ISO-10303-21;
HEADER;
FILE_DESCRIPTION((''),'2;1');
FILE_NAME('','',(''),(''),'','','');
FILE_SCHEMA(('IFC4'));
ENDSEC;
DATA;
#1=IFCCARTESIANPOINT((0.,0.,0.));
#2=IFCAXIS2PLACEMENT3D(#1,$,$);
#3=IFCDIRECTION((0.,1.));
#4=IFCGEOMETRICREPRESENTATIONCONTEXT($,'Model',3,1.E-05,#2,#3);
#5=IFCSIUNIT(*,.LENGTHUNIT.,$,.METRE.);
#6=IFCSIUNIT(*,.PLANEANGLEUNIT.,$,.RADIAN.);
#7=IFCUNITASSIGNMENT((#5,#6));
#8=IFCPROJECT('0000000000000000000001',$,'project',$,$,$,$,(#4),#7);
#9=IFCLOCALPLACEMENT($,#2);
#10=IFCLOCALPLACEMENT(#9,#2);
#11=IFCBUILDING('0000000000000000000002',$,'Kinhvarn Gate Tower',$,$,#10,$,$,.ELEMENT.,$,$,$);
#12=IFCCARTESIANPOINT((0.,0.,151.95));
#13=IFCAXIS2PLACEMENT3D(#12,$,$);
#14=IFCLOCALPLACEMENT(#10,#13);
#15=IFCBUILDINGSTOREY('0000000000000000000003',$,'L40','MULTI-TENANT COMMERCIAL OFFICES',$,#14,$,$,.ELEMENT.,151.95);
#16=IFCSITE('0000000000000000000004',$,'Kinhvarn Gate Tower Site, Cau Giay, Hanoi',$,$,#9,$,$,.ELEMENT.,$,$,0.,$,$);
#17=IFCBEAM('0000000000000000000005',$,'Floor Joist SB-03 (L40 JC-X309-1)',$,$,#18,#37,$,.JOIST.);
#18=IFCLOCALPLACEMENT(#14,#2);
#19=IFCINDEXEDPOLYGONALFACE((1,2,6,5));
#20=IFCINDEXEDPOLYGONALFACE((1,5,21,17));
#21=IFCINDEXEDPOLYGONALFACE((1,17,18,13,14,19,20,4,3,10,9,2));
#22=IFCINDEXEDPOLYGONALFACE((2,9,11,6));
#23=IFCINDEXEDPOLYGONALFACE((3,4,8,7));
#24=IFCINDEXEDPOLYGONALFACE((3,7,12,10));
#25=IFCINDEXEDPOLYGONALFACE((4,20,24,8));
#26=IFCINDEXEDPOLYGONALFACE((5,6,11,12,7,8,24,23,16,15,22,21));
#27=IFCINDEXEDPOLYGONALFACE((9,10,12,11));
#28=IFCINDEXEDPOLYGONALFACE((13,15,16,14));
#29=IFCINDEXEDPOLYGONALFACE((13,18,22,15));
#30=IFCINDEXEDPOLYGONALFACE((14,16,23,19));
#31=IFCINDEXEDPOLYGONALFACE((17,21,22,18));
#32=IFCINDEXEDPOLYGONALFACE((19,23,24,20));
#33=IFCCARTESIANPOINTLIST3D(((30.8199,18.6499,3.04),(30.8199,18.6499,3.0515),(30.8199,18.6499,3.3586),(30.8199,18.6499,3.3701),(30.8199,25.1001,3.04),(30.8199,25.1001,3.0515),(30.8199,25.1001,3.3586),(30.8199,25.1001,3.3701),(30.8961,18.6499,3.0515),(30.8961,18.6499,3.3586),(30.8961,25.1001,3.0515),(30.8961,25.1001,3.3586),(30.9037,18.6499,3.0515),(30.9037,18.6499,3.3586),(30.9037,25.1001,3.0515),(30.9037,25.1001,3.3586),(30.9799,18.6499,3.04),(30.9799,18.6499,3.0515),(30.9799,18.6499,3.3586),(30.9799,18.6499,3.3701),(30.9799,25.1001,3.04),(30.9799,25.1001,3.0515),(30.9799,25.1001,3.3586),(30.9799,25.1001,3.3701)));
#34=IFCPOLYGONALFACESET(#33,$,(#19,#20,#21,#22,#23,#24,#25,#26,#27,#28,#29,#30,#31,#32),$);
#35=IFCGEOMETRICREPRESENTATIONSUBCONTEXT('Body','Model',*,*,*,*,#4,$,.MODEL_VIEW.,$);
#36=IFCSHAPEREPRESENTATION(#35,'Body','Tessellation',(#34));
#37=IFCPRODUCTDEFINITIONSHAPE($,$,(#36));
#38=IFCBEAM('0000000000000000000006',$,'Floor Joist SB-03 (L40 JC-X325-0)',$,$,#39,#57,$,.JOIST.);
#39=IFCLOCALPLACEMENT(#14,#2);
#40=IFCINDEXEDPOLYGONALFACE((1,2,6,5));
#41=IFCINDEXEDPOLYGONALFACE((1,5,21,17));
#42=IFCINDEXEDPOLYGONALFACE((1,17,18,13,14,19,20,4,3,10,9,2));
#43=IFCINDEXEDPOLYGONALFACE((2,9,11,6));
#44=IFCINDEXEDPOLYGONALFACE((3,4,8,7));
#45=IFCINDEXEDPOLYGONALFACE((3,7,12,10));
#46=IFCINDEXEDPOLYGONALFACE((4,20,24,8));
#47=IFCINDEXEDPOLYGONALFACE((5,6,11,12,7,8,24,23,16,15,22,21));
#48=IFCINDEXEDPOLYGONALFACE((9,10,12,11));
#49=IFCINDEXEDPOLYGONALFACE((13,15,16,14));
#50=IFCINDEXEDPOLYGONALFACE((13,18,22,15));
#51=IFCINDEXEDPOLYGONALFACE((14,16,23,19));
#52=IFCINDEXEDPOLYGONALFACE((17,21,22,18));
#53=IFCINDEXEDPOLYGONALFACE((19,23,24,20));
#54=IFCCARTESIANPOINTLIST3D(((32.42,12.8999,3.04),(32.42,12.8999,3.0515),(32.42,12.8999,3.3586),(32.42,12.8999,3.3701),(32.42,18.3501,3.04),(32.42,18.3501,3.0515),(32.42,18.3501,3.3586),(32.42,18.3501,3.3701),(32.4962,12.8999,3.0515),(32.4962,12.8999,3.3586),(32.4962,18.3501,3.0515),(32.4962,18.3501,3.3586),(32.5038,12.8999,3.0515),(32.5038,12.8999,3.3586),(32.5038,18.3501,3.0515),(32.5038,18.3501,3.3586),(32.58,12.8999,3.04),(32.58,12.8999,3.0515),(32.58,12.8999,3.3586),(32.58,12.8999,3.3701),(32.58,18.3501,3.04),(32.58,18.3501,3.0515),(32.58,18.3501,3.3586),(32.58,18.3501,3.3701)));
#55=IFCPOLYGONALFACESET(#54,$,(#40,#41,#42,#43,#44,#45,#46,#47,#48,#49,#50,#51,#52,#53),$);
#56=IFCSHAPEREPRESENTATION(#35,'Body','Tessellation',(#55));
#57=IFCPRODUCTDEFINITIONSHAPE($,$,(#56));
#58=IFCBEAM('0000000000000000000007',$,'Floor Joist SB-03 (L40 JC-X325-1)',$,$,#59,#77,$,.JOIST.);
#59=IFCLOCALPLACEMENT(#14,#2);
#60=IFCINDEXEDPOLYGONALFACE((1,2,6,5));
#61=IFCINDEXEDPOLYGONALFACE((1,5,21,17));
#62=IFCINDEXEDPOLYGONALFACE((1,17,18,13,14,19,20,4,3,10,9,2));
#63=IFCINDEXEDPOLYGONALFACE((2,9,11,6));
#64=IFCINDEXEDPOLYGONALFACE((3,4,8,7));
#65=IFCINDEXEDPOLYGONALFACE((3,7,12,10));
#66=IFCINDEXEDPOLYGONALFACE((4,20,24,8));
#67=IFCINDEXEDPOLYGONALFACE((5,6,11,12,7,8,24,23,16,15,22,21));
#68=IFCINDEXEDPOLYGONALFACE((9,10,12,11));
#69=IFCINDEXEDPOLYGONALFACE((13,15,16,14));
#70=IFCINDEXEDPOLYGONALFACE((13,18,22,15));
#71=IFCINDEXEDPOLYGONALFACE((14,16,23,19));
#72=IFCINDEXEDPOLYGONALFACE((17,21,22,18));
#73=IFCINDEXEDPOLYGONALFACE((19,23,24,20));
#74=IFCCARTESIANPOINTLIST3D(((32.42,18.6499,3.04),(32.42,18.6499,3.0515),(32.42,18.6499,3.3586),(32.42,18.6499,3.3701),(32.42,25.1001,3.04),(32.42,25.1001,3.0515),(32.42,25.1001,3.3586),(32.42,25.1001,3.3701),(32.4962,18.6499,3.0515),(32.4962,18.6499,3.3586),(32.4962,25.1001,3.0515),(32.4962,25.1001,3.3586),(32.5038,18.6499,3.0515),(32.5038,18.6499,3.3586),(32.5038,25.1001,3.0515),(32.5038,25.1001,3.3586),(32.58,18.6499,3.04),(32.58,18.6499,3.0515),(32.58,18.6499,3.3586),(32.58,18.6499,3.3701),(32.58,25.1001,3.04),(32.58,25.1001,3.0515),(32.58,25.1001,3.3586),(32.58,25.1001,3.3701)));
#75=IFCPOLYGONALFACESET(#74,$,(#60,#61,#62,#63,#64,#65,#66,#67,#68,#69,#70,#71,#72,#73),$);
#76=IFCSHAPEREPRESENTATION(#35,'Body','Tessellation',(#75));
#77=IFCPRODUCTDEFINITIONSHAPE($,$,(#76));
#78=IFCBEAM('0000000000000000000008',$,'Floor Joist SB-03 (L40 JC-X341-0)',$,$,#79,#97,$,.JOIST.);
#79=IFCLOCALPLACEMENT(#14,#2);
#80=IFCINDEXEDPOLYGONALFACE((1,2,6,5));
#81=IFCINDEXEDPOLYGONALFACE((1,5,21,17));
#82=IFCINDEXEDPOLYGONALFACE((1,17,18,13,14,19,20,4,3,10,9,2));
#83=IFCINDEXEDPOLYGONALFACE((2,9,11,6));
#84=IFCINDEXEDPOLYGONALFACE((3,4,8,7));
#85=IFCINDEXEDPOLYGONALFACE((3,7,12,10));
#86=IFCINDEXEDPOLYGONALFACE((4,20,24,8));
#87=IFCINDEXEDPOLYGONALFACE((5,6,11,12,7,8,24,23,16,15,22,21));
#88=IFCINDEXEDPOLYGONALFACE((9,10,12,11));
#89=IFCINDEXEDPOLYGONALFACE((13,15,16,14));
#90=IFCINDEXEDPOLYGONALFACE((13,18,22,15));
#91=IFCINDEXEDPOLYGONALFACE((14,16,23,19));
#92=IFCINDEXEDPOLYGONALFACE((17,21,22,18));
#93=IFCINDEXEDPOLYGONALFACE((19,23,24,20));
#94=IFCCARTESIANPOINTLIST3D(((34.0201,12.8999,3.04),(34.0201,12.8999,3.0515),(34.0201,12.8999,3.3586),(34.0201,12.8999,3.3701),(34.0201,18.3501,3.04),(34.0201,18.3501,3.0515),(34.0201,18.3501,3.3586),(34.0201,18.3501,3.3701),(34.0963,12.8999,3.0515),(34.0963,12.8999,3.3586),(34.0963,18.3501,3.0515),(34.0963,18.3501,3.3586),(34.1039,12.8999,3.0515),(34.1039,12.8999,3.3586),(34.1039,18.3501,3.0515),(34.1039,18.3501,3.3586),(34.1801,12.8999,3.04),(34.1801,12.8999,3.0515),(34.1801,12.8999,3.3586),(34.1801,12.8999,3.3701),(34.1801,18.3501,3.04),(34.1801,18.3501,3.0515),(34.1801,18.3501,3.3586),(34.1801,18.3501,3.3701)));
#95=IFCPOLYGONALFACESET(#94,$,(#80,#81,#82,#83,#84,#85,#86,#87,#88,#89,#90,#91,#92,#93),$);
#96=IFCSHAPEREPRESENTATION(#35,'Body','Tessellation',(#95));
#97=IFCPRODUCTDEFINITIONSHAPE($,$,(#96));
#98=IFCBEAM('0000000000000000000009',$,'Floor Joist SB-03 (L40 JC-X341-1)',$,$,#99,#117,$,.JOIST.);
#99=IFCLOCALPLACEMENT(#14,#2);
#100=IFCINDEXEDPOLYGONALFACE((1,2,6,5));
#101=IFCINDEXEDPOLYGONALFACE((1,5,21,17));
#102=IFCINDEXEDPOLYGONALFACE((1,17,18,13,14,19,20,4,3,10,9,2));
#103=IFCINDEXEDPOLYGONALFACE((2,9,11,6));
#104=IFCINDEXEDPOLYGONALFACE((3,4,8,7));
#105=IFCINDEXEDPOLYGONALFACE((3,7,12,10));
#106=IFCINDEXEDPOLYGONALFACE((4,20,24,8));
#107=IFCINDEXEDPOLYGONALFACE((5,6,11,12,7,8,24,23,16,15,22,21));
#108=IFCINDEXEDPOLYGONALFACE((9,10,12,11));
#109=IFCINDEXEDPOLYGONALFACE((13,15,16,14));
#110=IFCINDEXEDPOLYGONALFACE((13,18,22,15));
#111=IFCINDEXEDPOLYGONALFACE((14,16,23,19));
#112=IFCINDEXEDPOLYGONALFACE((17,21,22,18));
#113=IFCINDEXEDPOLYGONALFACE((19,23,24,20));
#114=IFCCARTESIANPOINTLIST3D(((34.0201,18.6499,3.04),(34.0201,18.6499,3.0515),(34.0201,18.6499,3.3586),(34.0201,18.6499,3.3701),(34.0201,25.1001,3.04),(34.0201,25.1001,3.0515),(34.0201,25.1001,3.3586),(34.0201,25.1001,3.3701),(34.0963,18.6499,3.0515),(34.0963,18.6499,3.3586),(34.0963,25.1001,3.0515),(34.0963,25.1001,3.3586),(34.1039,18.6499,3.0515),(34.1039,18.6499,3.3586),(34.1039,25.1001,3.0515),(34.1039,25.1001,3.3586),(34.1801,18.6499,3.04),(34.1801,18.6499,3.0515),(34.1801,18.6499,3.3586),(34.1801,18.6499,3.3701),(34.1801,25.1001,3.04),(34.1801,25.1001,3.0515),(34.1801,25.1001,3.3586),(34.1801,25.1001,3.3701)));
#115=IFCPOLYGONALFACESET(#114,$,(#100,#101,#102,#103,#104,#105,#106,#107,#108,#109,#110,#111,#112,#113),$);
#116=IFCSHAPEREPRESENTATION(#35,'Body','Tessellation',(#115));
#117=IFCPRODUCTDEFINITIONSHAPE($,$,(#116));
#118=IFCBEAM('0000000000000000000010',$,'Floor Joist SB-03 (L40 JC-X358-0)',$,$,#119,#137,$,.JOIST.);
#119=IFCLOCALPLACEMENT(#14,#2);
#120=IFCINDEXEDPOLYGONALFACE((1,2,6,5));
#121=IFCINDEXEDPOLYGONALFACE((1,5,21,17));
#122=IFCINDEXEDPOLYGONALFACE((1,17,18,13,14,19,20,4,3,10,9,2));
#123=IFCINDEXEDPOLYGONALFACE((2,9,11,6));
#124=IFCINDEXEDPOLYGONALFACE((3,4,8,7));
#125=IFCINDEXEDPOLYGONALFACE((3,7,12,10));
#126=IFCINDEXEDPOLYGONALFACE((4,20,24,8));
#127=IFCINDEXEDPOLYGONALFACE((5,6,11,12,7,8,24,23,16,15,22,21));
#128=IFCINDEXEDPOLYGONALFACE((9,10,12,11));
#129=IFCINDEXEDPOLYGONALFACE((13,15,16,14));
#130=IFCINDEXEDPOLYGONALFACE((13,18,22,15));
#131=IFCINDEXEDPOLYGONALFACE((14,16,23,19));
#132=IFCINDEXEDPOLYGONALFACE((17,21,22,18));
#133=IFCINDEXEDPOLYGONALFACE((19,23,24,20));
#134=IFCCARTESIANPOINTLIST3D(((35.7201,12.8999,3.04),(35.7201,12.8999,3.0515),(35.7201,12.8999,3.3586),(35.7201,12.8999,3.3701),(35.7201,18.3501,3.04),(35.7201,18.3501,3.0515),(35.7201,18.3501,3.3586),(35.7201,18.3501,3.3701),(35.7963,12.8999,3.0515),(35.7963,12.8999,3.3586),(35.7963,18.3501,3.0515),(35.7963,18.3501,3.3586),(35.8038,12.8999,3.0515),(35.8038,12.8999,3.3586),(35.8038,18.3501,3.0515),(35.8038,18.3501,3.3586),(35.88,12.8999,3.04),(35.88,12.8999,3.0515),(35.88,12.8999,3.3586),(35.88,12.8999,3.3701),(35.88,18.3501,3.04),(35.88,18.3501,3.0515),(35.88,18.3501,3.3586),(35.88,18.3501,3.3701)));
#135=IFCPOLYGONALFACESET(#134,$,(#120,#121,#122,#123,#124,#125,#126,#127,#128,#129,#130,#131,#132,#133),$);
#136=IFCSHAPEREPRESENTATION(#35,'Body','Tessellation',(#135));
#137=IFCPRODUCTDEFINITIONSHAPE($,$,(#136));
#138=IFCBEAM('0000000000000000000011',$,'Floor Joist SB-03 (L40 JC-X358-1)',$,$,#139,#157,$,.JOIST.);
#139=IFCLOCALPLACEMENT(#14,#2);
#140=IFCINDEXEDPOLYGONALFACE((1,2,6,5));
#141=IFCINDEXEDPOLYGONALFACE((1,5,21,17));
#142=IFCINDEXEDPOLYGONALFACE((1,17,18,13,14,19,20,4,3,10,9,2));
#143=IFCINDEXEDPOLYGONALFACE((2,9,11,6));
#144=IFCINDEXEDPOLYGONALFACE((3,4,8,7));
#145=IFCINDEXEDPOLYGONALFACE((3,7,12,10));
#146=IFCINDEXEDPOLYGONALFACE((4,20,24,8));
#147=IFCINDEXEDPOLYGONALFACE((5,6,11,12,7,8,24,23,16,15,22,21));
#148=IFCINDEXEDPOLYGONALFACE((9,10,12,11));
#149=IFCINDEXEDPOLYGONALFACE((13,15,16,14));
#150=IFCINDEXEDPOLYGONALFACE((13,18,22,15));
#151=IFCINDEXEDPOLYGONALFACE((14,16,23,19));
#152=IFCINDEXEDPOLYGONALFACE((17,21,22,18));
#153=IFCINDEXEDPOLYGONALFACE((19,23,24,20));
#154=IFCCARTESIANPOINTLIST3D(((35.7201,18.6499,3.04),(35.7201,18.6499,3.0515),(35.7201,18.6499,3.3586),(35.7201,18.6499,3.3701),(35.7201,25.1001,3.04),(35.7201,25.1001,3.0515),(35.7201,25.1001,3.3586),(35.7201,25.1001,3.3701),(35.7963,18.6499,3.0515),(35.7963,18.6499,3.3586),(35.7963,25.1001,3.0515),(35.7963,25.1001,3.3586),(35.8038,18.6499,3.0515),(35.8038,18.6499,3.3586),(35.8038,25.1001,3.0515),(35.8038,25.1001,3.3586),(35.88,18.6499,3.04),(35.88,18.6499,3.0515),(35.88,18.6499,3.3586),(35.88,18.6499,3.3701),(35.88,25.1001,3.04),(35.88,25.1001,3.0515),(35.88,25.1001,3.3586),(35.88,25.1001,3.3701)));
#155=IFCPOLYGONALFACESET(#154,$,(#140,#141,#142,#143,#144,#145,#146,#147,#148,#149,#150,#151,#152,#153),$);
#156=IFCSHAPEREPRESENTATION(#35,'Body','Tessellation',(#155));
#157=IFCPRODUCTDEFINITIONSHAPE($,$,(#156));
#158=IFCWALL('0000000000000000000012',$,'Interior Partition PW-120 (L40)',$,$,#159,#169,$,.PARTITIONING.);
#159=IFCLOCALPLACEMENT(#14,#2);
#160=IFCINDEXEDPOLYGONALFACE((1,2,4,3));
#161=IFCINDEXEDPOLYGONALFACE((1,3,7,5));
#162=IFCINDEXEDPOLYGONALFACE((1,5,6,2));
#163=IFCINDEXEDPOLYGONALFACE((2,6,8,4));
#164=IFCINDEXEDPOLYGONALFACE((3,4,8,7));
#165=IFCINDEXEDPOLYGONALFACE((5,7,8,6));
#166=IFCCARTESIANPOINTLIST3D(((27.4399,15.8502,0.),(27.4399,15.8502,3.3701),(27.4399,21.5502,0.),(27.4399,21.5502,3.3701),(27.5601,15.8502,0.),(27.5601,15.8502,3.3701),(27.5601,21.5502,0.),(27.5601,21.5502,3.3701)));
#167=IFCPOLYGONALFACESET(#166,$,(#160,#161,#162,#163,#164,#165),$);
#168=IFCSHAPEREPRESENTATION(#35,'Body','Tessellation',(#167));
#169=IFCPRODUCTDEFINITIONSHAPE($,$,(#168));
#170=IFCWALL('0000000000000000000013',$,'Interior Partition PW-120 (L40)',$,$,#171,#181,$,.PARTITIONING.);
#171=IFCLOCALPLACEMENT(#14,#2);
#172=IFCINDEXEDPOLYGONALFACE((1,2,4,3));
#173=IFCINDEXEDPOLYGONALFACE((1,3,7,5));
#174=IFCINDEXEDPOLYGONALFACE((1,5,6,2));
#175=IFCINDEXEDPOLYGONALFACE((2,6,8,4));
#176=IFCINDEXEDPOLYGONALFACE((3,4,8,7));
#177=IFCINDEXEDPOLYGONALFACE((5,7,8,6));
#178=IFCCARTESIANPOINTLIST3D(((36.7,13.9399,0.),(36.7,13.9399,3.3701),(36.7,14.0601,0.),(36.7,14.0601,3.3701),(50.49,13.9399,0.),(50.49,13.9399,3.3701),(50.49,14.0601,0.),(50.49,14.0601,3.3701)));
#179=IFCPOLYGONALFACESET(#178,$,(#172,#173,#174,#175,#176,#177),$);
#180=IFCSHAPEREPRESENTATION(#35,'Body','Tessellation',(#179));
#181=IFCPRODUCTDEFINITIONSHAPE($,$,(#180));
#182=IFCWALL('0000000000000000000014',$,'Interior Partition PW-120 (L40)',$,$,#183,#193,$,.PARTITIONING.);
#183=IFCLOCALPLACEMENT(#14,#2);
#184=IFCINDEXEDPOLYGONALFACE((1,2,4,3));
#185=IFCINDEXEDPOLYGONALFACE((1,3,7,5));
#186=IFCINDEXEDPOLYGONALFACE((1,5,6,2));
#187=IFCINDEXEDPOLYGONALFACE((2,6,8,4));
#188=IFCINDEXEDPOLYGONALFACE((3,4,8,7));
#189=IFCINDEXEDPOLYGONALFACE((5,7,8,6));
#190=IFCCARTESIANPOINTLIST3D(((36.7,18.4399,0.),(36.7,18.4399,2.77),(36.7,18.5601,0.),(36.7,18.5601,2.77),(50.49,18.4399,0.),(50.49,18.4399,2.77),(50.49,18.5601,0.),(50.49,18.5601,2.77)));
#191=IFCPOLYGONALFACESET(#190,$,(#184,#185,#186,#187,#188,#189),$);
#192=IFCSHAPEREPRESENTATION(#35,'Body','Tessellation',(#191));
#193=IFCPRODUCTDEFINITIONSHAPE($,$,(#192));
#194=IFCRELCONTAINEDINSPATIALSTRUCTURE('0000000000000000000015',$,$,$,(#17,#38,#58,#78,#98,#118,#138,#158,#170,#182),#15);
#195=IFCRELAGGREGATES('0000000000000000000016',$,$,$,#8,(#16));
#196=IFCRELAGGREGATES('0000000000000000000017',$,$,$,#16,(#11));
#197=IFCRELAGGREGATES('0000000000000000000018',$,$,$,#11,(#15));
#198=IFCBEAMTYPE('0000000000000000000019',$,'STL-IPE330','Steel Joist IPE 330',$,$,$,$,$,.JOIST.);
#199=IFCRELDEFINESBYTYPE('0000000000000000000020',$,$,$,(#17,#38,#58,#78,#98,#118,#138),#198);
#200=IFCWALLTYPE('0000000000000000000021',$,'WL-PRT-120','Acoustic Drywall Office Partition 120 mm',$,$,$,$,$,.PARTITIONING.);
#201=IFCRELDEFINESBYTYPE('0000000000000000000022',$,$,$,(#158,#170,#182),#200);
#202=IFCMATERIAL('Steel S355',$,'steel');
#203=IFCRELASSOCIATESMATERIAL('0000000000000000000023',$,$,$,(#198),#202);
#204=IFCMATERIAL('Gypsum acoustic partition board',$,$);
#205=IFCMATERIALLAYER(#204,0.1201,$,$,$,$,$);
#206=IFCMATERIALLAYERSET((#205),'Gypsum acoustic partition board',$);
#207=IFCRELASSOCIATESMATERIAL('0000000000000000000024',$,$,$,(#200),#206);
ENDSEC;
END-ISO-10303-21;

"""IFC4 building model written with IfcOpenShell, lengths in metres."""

from ifc_helpers import new_model, si_unit, direction, frame, frame_2d, origin, origin_2d, place, context, subcontext, project, spatial, rectangle, i_section, extrude, material, layer, layer_set, material_profile, profile_set, type_object, element, save


model = new_model("IFC4")

# Units and contexts
model_context = context("Model", 3, precision=1e-05, world=origin(), true_north=direction((0.0, 1.0)))
body_context = subcontext(model_context, "Body", "Model", "MODEL_VIEW")
ifc_project = project(units=[si_unit("LENGTHUNIT", "METRE"), si_unit("PLANEANGLEUNIT", "RADIAN")], contexts=[model_context])

# Site, building, storey
site_placement = place(None, origin())
site = spatial("IfcSite", under=ifc_project, at=site_placement, Name="Kinhvarn Gate Tower Site, Cau Giay, Hanoi", CompositionType="ELEMENT", RefElevation=0.0)
building_placement = place(site_placement, origin())
building = spatial("IfcBuilding", under=site, at=building_placement, Name="Kinhvarn Gate Tower", CompositionType="ELEMENT")
storey_placement = place(building_placement, frame((0.0, 0.0, 151.95)))
storey = spatial("IfcBuildingStorey", under=building, at=storey_placement, Name="L40", Description="MULTI-TENANT COMMERCIAL OFFICES", CompositionType="ELEMENT", Elevation=151.95)

# Beams
ifc_material_1 = material(Name="Steel S355", Category="steel")
ifc_material_profile_1 = material_profile(ifc_material_1, i_section(OverallWidth=0.1599, OverallDepth=0.3301, WebThickness=0.0076, FlangeThickness=0.0115, at=origin_2d()), Name="IPE 330")
ifc_profile_set_1 = profile_set([ifc_material_profile_1], Name="Steel S355")
beam_type_1 = type_object("IfcBeamType", Name="STL-IPE330", Description="Steel Joist IPE 330", PredefinedType="JOIST", material=ifc_profile_set_1)
beam_1_placement = place(storey_placement, frame((30.8999, 18.6499, 3.2051), z_axis=(0.0, 1.0, 0.0), x_axis=(-1.0, 0.0, 0.0)))
element("IfcBeam", 1, at=beam_1_placement, inside=storey, type_object=beam_type_1, Name="Floor Joist SB-03 (L40 JC-X309-1)", PredefinedType="JOIST", context=body_context, shape_type="SweptSolid", body=[
    extrude(i_section(OverallWidth=0.1599, OverallDepth=0.3301, WebThickness=0.0076, FlangeThickness=0.0115, at=origin_2d()), origin(), (0.0, 0.0, 1.0), 6.4502),
])
beam_2_placement = place(storey_placement, frame((32.5, 12.8999, 3.2051), z_axis=(0.0, 1.0, 0.0), x_axis=(-1.0, 0.0, 0.0)))
element("IfcBeam", 2, at=beam_2_placement, inside=storey, type_object=beam_type_1, Name="Floor Joist SB-03 (L40 JC-X325-0)", PredefinedType="JOIST", context=body_context, shape_type="SweptSolid", body=[
    extrude(i_section(OverallWidth=0.1599, OverallDepth=0.3301, WebThickness=0.0076, FlangeThickness=0.0115, at=origin_2d()), origin(), (0.0, 0.0, 1.0), 5.4502),
])
beam_3_placement = place(storey_placement, frame((32.5, 18.6499, 3.2051), z_axis=(0.0, 1.0, 0.0), x_axis=(-1.0, 0.0, 0.0)))
element("IfcBeam", 3, at=beam_3_placement, inside=storey, type_object=beam_type_1, Name="Floor Joist SB-03 (L40 JC-X325-1)", PredefinedType="JOIST", context=body_context, shape_type="SweptSolid", body=[
    extrude(i_section(OverallWidth=0.1599, OverallDepth=0.3301, WebThickness=0.0076, FlangeThickness=0.0115, at=origin_2d()), origin(), (0.0, 0.0, 1.0), 6.4502),
])
beam_4_placement = place(storey_placement, frame((34.1001, 12.8999, 3.2051), z_axis=(0.0, 1.0, 0.0), x_axis=(-1.0, 0.0, 0.0)))
element("IfcBeam", 4, at=beam_4_placement, inside=storey, type_object=beam_type_1, Name="Floor Joist SB-03 (L40 JC-X341-0)", PredefinedType="JOIST", context=body_context, shape_type="SweptSolid", body=[
    extrude(i_section(OverallWidth=0.1599, OverallDepth=0.3301, WebThickness=0.0076, FlangeThickness=0.0115, at=origin_2d()), origin(), (0.0, 0.0, 1.0), 5.4502),
])
beam_5_placement = place(storey_placement, frame((34.1001, 18.6499, 3.2051), z_axis=(0.0, 1.0, 0.0), x_axis=(-1.0, 0.0, 0.0)))
element("IfcBeam", 5, at=beam_5_placement, inside=storey, type_object=beam_type_1, Name="Floor Joist SB-03 (L40 JC-X341-1)", PredefinedType="JOIST", context=body_context, shape_type="SweptSolid", body=[
    extrude(i_section(OverallWidth=0.1599, OverallDepth=0.3301, WebThickness=0.0076, FlangeThickness=0.0115, at=origin_2d()), origin(), (0.0, 0.0, 1.0), 6.4502),
])
beam_6_placement = place(storey_placement, frame((35.8, 12.8999, 3.2051), z_axis=(0.0, 1.0, 0.0), x_axis=(-1.0, 0.0, 0.0)))
element("IfcBeam", 6, at=beam_6_placement, inside=storey, type_object=beam_type_1, Name="Floor Joist SB-03 (L40 JC-X358-0)", PredefinedType="JOIST", context=body_context, shape_type="SweptSolid", body=[
    extrude(i_section(OverallWidth=0.1599, OverallDepth=0.3301, WebThickness=0.0076, FlangeThickness=0.0115, at=origin_2d()), origin(), (0.0, 0.0, 1.0), 5.4502),
])
beam_7_placement = place(storey_placement, frame((35.8, 18.6499, 3.2051), z_axis=(0.0, 1.0, 0.0), x_axis=(-1.0, 0.0, 0.0)))
element("IfcBeam", 7, at=beam_7_placement, inside=storey, type_object=beam_type_1, Name="Floor Joist SB-03 (L40 JC-X358-1)", PredefinedType="JOIST", context=body_context, shape_type="SweptSolid", body=[
    extrude(i_section(OverallWidth=0.1599, OverallDepth=0.3301, WebThickness=0.0076, FlangeThickness=0.0115, at=origin_2d()), origin(), (0.0, 0.0, 1.0), 6.4502),
])

# Walls
ifc_material_2 = material(Name="Gypsum acoustic partition board")
ifc_layer_1 = layer(ifc_material_2, 0.1201)
ifc_layer_set_1 = layer_set([ifc_layer_1], Name="Gypsum acoustic partition board")
wall_type_1 = type_object("IfcWallType", Name="WL-PRT-120", Description="Acoustic Drywall Office Partition 120 mm", PredefinedType="PARTITIONING", material=ifc_layer_set_1)
wall_1_placement = place(storey_placement, frame((27.5, 15.8501, 0.0), z_axis=(0.0, 0.0, 1.0), x_axis=(0.0, 1.0, 0.0)))
element("IfcWall", 8, at=wall_1_placement, inside=storey, type_object=wall_type_1, Name="Interior Partition PW-120 (L40)", PredefinedType="PARTITIONING", context=body_context, shape_type="SweptSolid", body=[
    extrude(rectangle(XDim=5.7, YDim=0.1201, at=frame_2d((2.8501, 0.0))), origin(), (0.0, 0.0, 1.0), 3.3701),
])
wall_2_placement = place(storey_placement, frame((36.7, 14.0, 0.0), z_axis=(0.0, 0.0, 1.0), x_axis=(1.0, 0.0, 0.0)))
element("IfcWall", 9, at=wall_2_placement, inside=storey, type_object=wall_type_1, Name="Interior Partition PW-120 (L40)", PredefinedType="PARTITIONING", context=body_context, shape_type="SweptSolid", body=[
    extrude(rectangle(XDim=13.79, YDim=0.1201, at=frame_2d((6.895, 0.0))), origin(), (0.0, 0.0, 1.0), 3.3701),
])
wall_3_placement = place(storey_placement, frame((36.7, 18.5, 0.0), z_axis=(0.0, 0.0, 1.0), x_axis=(1.0, 0.0, 0.0)))
element("IfcWall", 10, at=wall_3_placement, inside=storey, type_object=wall_type_1, Name="Interior Partition PW-120 (L40)", PredefinedType="PARTITIONING", context=body_context, shape_type="SweptSolid", body=[
    extrude(rectangle(XDim=13.79, YDim=0.1201, at=frame_2d((6.895, 0.0))), origin(), (0.0, 0.0, 1.0), 2.77),
])

save(model, "model.ifc")
